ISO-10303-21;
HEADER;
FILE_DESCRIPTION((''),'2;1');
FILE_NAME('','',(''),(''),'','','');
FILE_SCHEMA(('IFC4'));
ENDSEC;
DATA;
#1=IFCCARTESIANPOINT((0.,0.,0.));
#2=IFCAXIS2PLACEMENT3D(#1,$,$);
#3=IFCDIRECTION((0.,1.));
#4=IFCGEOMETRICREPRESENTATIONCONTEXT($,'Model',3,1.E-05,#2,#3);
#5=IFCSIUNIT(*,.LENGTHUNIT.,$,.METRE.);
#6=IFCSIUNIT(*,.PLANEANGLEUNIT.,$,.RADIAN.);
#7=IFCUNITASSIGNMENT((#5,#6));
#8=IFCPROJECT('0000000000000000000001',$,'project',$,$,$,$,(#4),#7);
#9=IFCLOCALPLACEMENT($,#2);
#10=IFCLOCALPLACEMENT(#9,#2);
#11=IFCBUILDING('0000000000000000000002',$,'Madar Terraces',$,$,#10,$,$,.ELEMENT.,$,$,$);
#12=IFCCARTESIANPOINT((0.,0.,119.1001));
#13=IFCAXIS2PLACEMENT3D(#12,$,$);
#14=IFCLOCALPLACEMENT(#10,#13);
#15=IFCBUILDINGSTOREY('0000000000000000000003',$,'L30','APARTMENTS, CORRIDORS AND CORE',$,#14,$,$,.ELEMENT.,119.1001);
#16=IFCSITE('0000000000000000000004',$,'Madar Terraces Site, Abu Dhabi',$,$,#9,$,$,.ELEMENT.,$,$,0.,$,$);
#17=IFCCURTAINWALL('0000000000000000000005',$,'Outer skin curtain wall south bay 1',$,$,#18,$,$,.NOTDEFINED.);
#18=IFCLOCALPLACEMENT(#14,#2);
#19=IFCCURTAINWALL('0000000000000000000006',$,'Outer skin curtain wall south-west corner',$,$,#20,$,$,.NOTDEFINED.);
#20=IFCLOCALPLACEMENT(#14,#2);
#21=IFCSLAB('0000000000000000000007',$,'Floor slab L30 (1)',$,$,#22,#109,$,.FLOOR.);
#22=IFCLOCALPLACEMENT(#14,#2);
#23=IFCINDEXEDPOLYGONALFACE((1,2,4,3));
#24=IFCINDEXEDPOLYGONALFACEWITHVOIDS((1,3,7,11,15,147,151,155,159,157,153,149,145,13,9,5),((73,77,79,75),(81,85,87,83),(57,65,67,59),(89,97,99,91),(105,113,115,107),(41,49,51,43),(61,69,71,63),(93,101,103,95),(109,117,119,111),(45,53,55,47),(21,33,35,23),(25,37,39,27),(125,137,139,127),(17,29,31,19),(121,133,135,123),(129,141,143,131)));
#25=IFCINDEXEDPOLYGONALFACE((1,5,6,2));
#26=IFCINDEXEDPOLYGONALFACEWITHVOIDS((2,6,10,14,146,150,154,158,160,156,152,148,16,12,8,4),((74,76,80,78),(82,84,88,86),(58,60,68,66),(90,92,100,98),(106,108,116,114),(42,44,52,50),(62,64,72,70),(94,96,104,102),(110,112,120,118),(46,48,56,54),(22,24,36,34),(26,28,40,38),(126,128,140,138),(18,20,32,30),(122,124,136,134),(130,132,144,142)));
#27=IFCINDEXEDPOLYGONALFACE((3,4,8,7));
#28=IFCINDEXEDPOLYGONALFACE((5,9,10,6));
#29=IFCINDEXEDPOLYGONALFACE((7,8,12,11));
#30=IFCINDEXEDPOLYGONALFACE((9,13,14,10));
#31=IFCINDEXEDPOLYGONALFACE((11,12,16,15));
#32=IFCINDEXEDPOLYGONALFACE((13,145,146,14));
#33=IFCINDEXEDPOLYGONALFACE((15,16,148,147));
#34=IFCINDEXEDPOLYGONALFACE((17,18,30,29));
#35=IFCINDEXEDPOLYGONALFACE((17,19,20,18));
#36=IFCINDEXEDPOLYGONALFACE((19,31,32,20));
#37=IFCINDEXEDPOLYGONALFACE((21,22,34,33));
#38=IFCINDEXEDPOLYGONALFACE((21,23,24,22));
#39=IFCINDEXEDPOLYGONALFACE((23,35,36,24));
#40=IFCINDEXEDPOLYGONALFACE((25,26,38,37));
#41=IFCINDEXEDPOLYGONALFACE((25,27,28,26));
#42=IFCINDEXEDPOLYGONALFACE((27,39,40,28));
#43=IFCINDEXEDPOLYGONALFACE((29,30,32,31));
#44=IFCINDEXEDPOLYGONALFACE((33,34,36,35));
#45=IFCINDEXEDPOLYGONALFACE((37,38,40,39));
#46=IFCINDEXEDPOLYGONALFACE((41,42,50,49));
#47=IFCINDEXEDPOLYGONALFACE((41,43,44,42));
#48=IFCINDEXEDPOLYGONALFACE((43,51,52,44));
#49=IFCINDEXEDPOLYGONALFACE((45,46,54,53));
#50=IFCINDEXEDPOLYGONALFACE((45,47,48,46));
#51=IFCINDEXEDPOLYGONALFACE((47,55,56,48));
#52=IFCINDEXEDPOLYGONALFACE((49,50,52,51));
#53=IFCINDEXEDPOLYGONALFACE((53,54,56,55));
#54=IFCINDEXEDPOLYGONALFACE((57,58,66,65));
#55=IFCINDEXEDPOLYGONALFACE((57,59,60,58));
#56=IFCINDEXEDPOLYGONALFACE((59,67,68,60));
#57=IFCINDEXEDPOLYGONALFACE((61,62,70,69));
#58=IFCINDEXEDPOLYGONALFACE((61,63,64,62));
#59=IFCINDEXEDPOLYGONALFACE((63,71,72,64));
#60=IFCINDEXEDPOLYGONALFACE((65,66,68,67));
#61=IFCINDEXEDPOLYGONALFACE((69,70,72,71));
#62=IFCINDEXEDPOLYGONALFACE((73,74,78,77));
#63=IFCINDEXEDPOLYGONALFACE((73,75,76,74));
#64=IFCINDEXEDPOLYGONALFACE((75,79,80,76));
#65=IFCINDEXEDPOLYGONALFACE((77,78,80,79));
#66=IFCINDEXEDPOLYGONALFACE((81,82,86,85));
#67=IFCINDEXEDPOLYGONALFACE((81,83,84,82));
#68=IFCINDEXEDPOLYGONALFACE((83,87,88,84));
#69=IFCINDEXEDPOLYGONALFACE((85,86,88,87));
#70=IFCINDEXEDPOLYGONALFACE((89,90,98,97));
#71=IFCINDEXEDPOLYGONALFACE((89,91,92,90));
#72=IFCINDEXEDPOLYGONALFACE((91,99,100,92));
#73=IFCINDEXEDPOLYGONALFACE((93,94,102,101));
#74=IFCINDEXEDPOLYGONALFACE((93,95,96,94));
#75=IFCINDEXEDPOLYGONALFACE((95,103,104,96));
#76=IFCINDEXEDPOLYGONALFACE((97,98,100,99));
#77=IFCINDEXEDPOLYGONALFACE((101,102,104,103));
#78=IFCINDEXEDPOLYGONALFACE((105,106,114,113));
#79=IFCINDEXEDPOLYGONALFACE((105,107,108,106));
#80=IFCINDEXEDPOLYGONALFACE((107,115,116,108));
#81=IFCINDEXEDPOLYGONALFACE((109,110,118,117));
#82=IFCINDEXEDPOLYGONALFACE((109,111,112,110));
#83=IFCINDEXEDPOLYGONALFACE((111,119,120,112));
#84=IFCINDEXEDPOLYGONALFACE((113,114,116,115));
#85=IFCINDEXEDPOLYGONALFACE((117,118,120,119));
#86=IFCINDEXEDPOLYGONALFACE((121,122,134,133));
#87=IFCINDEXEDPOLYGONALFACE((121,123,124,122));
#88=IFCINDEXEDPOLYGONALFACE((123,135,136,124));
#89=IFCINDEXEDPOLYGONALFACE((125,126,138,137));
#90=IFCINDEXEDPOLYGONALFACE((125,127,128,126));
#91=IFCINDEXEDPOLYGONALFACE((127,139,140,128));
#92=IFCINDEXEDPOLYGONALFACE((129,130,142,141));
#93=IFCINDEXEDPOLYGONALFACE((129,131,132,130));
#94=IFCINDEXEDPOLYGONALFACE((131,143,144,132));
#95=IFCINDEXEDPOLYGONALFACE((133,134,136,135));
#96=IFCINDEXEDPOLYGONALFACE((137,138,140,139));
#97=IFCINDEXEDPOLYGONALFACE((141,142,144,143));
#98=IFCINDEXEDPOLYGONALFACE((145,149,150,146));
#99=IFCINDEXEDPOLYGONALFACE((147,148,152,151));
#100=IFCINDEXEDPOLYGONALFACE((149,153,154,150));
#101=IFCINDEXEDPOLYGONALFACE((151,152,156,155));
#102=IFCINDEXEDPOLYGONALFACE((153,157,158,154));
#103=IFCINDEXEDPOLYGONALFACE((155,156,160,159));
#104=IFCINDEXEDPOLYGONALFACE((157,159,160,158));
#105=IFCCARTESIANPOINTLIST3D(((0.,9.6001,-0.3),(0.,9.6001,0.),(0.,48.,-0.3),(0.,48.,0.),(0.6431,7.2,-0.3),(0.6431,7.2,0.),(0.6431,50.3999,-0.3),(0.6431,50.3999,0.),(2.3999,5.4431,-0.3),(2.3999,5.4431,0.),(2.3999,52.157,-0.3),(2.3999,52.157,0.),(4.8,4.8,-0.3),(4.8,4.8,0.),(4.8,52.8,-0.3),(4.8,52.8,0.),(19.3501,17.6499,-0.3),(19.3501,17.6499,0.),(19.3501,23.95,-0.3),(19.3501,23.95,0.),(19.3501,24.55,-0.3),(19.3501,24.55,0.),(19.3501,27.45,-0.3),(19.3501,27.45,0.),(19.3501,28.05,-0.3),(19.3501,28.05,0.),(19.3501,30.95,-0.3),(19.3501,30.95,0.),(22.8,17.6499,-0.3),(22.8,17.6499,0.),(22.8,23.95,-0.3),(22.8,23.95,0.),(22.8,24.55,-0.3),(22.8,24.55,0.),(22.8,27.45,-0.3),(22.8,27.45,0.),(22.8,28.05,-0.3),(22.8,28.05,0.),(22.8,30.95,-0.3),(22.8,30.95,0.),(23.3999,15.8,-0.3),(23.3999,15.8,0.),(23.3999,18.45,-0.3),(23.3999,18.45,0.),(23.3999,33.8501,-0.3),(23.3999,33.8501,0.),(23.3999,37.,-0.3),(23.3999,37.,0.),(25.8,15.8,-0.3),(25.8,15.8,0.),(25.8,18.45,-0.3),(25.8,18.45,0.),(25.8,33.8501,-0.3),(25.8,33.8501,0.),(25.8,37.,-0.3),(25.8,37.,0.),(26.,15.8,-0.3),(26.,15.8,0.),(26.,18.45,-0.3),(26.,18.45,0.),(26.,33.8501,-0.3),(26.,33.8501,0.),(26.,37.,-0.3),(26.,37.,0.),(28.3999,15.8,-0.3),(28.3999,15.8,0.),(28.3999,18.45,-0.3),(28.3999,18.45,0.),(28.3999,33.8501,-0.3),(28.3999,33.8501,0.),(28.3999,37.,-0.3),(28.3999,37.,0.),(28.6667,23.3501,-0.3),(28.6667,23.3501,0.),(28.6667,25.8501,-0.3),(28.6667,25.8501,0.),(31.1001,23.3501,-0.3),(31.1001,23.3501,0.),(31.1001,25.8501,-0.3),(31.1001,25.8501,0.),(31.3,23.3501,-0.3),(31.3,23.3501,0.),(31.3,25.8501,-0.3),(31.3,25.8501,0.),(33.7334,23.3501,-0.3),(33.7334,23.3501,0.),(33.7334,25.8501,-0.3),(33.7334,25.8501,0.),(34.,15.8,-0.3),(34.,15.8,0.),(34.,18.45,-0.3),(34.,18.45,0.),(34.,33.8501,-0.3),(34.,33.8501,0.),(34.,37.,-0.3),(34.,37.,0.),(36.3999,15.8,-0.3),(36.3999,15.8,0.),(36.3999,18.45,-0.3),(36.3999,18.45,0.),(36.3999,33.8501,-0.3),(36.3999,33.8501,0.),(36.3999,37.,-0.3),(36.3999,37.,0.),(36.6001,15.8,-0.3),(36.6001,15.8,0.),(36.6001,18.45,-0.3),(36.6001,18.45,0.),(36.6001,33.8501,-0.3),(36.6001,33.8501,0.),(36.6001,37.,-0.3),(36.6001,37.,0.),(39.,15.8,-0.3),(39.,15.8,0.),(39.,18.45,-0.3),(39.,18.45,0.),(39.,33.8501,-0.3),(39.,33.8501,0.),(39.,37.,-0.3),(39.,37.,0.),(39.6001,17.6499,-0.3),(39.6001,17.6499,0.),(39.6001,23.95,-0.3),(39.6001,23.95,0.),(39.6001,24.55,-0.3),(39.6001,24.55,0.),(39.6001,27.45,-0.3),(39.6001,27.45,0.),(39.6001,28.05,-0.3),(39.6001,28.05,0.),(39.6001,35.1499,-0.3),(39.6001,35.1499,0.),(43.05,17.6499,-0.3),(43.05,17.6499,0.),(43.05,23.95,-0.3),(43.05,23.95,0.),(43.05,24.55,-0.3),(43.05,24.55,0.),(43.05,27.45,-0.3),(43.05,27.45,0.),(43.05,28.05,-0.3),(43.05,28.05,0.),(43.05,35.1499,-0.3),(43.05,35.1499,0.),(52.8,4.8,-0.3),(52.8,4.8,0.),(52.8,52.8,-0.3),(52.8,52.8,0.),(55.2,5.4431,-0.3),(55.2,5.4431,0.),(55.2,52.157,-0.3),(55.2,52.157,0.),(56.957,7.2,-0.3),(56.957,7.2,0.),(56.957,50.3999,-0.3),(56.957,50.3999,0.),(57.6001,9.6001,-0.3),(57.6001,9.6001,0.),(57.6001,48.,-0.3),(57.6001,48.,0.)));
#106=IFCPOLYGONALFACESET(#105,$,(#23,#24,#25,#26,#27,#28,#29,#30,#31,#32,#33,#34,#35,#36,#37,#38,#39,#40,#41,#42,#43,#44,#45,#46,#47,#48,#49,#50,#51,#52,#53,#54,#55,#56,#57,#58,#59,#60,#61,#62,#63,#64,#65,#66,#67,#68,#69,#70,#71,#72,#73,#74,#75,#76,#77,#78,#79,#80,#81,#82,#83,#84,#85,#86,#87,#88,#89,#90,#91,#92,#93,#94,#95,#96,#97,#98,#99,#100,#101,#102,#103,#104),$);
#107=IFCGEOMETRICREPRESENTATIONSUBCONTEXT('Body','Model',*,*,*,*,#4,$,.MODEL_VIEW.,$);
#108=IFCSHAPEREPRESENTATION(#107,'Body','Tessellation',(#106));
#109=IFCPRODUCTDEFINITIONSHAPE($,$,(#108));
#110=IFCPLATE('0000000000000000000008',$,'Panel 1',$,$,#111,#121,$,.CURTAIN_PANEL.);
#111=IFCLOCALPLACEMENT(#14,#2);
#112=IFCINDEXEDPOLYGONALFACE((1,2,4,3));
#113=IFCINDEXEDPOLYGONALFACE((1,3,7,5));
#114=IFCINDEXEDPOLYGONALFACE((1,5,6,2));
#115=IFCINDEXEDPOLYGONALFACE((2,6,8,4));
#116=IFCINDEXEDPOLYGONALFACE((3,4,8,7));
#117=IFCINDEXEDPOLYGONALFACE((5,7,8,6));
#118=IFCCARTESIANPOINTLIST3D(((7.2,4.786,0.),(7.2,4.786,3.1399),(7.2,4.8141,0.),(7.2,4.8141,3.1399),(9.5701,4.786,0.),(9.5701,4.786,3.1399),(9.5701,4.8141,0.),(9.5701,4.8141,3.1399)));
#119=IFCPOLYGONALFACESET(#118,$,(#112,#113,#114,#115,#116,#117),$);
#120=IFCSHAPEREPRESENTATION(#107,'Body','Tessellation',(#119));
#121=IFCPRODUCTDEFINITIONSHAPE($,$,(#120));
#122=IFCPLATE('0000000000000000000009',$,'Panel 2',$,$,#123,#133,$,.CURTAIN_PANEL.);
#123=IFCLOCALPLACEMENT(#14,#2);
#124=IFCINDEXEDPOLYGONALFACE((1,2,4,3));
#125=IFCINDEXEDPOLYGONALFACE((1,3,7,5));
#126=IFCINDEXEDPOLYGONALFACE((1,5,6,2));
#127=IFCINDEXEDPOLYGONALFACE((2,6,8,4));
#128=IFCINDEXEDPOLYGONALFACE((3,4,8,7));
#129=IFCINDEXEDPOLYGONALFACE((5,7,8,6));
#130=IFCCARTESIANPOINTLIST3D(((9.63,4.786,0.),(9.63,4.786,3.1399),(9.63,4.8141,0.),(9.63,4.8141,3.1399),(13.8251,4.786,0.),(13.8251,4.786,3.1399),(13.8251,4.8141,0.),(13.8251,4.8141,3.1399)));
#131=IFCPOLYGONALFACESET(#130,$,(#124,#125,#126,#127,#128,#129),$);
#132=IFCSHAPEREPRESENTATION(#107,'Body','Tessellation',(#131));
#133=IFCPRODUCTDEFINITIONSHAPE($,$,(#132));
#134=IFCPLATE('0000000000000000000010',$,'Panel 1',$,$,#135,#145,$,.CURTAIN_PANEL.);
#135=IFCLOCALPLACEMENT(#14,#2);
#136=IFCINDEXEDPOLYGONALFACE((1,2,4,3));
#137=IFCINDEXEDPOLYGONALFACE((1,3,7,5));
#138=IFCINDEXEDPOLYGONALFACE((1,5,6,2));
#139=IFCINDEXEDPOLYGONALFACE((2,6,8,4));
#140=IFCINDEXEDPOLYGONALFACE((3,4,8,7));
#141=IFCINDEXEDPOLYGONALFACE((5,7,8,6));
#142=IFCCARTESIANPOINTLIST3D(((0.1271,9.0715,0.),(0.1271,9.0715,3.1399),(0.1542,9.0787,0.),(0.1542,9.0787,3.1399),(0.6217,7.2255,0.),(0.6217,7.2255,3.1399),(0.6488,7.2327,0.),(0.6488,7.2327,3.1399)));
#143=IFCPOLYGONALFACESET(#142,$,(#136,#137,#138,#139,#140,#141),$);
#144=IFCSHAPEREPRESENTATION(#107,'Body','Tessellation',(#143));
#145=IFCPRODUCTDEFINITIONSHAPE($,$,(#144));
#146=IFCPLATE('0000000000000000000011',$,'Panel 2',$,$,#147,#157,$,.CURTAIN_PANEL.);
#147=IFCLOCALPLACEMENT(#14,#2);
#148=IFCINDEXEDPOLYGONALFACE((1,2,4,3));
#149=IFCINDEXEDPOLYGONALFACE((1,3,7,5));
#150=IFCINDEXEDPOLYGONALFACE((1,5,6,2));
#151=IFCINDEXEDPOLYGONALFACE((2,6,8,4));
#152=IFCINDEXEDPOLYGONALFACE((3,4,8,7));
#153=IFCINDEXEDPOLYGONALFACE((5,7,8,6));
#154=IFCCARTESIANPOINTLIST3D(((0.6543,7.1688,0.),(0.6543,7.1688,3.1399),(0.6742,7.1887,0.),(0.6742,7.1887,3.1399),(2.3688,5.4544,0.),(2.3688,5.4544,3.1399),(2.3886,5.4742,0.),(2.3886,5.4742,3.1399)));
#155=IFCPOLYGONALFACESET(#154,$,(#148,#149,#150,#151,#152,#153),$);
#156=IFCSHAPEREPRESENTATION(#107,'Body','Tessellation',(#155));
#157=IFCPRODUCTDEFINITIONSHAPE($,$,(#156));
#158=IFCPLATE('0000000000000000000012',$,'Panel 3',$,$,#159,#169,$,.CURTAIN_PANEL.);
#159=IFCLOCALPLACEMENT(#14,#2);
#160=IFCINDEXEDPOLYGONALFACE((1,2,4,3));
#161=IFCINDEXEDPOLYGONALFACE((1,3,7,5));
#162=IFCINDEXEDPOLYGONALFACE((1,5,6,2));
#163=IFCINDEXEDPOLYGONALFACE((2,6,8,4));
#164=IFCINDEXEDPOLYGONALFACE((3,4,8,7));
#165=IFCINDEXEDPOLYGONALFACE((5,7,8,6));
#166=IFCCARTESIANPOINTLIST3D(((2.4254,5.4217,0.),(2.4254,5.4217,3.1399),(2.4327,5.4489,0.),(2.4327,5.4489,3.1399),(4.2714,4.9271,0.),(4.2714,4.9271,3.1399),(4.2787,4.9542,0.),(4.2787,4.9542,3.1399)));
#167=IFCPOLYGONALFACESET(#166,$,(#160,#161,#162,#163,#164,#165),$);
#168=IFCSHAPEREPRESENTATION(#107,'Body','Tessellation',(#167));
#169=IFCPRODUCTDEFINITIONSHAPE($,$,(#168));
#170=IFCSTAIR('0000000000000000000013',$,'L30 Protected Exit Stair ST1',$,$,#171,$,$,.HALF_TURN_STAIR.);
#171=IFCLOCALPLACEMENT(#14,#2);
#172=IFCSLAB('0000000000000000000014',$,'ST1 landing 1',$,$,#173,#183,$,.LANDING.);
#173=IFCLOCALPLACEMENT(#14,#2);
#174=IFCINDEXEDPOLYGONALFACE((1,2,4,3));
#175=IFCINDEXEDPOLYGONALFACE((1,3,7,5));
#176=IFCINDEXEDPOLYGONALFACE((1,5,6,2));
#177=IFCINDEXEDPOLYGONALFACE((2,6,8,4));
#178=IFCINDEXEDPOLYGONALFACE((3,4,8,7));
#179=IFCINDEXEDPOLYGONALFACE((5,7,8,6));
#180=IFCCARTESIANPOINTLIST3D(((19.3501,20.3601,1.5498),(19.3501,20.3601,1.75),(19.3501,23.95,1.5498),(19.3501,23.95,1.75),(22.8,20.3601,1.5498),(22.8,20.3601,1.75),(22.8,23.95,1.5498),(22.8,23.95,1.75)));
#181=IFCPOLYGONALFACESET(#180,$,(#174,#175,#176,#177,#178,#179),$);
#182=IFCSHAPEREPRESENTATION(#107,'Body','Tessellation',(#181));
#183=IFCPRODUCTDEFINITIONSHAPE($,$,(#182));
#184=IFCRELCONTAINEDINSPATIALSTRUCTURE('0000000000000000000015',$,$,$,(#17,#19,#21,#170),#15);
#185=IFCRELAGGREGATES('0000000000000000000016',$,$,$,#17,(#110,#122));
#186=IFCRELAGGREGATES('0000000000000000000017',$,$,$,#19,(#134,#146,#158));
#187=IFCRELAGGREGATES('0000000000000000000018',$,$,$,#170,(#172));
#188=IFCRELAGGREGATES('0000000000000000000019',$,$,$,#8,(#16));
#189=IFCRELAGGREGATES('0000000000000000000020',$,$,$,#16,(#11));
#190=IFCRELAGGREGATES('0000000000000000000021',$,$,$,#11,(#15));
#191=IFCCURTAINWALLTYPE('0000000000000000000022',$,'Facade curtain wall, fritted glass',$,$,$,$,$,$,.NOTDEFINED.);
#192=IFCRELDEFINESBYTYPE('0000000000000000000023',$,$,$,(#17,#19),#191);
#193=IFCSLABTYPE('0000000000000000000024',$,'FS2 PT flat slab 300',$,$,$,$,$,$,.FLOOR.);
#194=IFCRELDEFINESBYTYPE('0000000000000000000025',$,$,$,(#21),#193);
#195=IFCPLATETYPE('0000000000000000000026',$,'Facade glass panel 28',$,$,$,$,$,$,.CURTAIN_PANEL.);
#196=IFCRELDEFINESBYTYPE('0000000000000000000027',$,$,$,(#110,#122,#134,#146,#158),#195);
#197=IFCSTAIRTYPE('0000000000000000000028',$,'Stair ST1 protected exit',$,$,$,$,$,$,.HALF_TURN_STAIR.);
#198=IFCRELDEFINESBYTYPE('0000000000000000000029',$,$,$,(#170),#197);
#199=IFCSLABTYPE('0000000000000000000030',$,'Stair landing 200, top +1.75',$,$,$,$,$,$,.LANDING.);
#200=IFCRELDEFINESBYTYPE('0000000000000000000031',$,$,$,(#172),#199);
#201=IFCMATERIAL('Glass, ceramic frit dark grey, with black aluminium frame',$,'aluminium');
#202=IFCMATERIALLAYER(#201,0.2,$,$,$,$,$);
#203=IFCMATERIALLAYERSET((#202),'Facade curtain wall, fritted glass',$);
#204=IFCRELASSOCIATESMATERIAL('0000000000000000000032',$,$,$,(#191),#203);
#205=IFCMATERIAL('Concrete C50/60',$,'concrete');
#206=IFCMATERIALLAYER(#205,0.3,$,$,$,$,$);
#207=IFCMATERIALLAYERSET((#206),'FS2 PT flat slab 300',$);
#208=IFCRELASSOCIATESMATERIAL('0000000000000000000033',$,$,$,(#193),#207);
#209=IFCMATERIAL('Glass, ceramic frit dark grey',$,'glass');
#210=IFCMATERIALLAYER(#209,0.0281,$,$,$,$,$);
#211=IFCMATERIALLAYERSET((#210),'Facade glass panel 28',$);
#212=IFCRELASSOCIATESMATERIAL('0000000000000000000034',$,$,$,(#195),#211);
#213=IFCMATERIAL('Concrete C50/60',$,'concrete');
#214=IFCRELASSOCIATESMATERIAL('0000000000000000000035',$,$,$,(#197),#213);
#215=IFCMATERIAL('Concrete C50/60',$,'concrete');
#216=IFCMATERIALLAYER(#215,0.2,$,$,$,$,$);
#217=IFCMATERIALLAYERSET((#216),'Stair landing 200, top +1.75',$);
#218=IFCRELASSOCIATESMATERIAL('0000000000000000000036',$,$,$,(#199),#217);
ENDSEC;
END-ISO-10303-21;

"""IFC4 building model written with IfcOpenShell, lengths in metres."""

from ifc_helpers import new_model, si_unit, direction, frame, origin, origin_2d, place, context, subcontext, project, spatial, polyline, rectangle, outline, extrude, material, layer, layer_set, type_object, element, aggregate, save


model = new_model("IFC4")

# Units and contexts
model_context = context("Model", 3, precision=1e-05, world=origin(), true_north=direction((0.0, 1.0)))
body_context = subcontext(model_context, "Body", "Model", "MODEL_VIEW")
ifc_project = project(units=[si_unit("LENGTHUNIT", "METRE"), si_unit("PLANEANGLEUNIT", "RADIAN")], contexts=[model_context])

# Site, building, storey
site_placement = place(None, origin())
site = spatial("IfcSite", under=ifc_project, at=site_placement, Name="Madar Terraces Site, Abu Dhabi", CompositionType="ELEMENT", RefElevation=0.0)
building_placement = place(site_placement, origin())
building = spatial("IfcBuilding", under=site, at=building_placement, Name="Madar Terraces", CompositionType="ELEMENT")
storey_placement = place(building_placement, frame((0.0, 0.0, 119.1001)))
storey = spatial("IfcBuildingStorey", under=building, at=storey_placement, Name="L30", Description="APARTMENTS, CORRIDORS AND CORE", CompositionType="ELEMENT", Elevation=119.1001)

# Curtain wall
ifc_material_1 = material(Name="Glass, ceramic frit dark grey, with black aluminium frame", Category="aluminium")
ifc_layer_1 = layer(ifc_material_1, 0.2)
ifc_layer_set_1 = layer_set([ifc_layer_1], Name="Facade curtain wall, fritted glass")
curtain_wall_type = type_object("IfcCurtainWallType", Name="Facade curtain wall, fritted glass", PredefinedType="NOTDEFINED", material=ifc_layer_set_1)
curtain_wall_1_placement = place(storey_placement, origin())
curtain_wall_1 = element("IfcCurtainWall", 1, at=curtain_wall_1_placement, inside=storey, type_object=curtain_wall_type, Name="Outer skin curtain wall south bay 1", PredefinedType="NOTDEFINED")

# Curtain wall
curtain_wall_2_placement = place(storey_placement, origin())
curtain_wall_2 = element("IfcCurtainWall", 2, at=curtain_wall_2_placement, inside=storey, type_object=curtain_wall_type, Name="Outer skin curtain wall south-west corner", PredefinedType="NOTDEFINED")

# Slab
ifc_material_2 = material(Name="Concrete C50/60", Category="concrete")
ifc_layer_2 = layer(ifc_material_2, 0.3)
ifc_layer_set_2 = layer_set([ifc_layer_2], Name="FS2 PT flat slab 300")
slab_type_1 = type_object("IfcSlabType", Name="FS2 PT flat slab 300", PredefinedType="FLOOR", material=ifc_layer_set_2)
slab_1_placement = place(storey_placement, frame((0.0, 0.0, -0.3)))
element("IfcSlab", 3, at=slab_1_placement, inside=storey, type_object=slab_type_1, Name="Floor slab L30 (1)", PredefinedType="FLOOR", context=body_context, shape_type="SweptSolid", body=[
    extrude(outline(polyline([(52.8, 4.8), (55.2, 5.4431), (56.957, 7.2), (57.6001, 9.6001), (57.6001, 48.0), (56.957, 50.3999), (55.2, 52.157), (52.8, 52.8), (4.8, 52.8), (2.3999, 52.157), (0.6431, 50.3999), (0.0, 48.0), (0.0, 9.6001), (0.6431, 7.2), (2.3999, 5.4431), (4.8, 4.8), (52.8, 4.8)]), holes=[polyline([(23.3999, 15.8), (23.3999, 18.45), (25.8, 18.45), (25.8, 15.8), (23.3999, 15.8)]), polyline([(26.0, 15.8), (26.0, 18.45), (28.3999, 18.45), (28.3999, 15.8), (26.0, 15.8)]), polyline([(19.3501, 17.6499), (19.3501, 23.95), (22.8, 23.95), (22.8, 17.6499), (19.3501, 17.6499)]), polyline([(28.6667, 23.3501), (28.6667, 25.8501), (31.1001, 25.8501), (31.1001, 23.3501), (28.6667, 23.3501)]), polyline([(19.3501, 24.55), (19.3501, 27.45), (22.8, 27.45), (22.8, 24.55), (19.3501, 24.55)]), polyline([(19.3501, 28.05), (19.3501, 30.95), (22.8, 30.95), (22.8, 28.05), (19.3501, 28.05)]), polyline([(23.3999, 33.8501), (23.3999, 37.0), (25.8, 37.0), (25.8, 33.8501), (23.3999, 33.8501)]), polyline([(26.0, 33.8501), (26.0, 37.0), (28.3999, 37.0), (28.3999, 33.8501), (26.0, 33.8501)]), polyline([(34.0, 15.8), (34.0, 18.45), (36.3999, 18.45), (36.3999, 15.8), (34.0, 15.8)]), polyline([(36.6001, 15.8), (36.6001, 18.45), (39.0, 18.45), (39.0, 15.8), (36.6001, 15.8)]), polyline([(39.6001, 17.6499), (39.6001, 23.95), (43.05, 23.95), (43.05, 17.6499), (39.6001, 17.6499)]), polyline([(31.3, 23.3501), (31.3, 25.8501), (33.7334, 25.8501), (33.7334, 23.3501), (31.3, 23.3501)]), polyline([(39.6001, 24.55), (39.6001, 27.45), (43.05, 27.45), (43.05, 24.55), (39.6001, 24.55)]), polyline([(39.6001, 28.05), (39.6001, 35.1499), (43.05, 35.1499), (43.05, 28.05), (39.6001, 28.05)]), polyline([(34.0, 33.8501), (34.0, 37.0), (36.3999, 37.0), (36.3999, 33.8501), (34.0, 33.8501)]), polyline([(36.6001, 33.8501), (36.6001, 37.0), (39.0, 37.0), (39.0, 33.8501), (36.6001, 33.8501)])]), origin(), (0.0, 0.0, 1.0), 0.3),
])

# Plates
ifc_material_3 = material(Name="Glass, ceramic frit dark grey", Category="glass")
ifc_layer_3 = layer(ifc_material_3, 0.0281)
ifc_layer_set_3 = layer_set([ifc_layer_3], Name="Facade glass panel 28")
plate_type = type_object("IfcPlateType", Name="Facade glass panel 28", PredefinedType="CURTAIN_PANEL", material=ifc_layer_set_3)
plate_1_placement = place(storey_placement, frame((8.385, 4.8, 0.0), z_axis=(0.0, 0.0, 1.0), x_axis=(1.0, 0.0, 0.0)))
plate_1 = element("IfcPlate", 4, at=plate_1_placement, type_object=plate_type, Name="Panel 1", PredefinedType="CURTAIN_PANEL", context=body_context, shape_type="SweptSolid", body=[
    extrude(rectangle(XDim=2.3701, YDim=0.0281, at=origin_2d()), origin(), (0.0, 0.0, 1.0), 3.1399),
])
plate_2_placement = place(storey_placement, frame((11.7275, 4.8, 0.0), z_axis=(0.0, 0.0, 1.0), x_axis=(1.0, 0.0, 0.0)))
plate_2 = element("IfcPlate", 5, at=plate_2_placement, type_object=plate_type, Name="Panel 2", PredefinedType="CURTAIN_PANEL", context=body_context, shape_type="SweptSolid", body=[
    extrude(rectangle(XDim=4.1951, YDim=0.0281, at=origin_2d()), origin(), (0.0, 0.0, 1.0), 3.1399),
])
aggregate(curtain_wall_1, [plate_1, plate_2])
plate_3_placement = place(storey_placement, frame((0.3879, 8.1521, 0.0), z_axis=(0.0, 0.0, 1.0), x_axis=(0.258819, -0.965926, 0.0)))
plate_3 = element("IfcPlate", 6, at=plate_3_placement, type_object=plate_type, Name="Panel 1", PredefinedType="CURTAIN_PANEL", context=body_context, shape_type="SweptSolid", body=[
    extrude(rectangle(XDim=1.9111, YDim=0.0281, at=origin_2d()), origin(), (0.0, 0.0, 1.0), 3.1399),
])
plate_4_placement = place(storey_placement, frame((1.5215, 6.3215, 0.0), z_axis=(0.0, 0.0, 1.0), x_axis=(0.707107, -0.707107, 0.0)))
plate_4 = element("IfcPlate", 7, at=plate_4_placement, type_object=plate_type, Name="Panel 2", PredefinedType="CURTAIN_PANEL", context=body_context, shape_type="SweptSolid", body=[
    extrude(rectangle(XDim=2.4246, YDim=0.0281, at=origin_2d()), origin(), (0.0, 0.0, 1.0), 3.1399),
])
plate_5_placement = place(storey_placement, frame((3.3521, 5.188, 0.0), z_axis=(0.0, 0.0, 1.0), x_axis=(0.965926, -0.258819, 0.0)))
plate_5 = element("IfcPlate", 8, at=plate_5_placement, type_object=plate_type, Name="Panel 3", PredefinedType="CURTAIN_PANEL", context=body_context, shape_type="SweptSolid", body=[
    extrude(rectangle(XDim=1.9111, YDim=0.0281, at=origin_2d()), origin(), (0.0, 0.0, 1.0), 3.1399),
])
aggregate(curtain_wall_2, [plate_3, plate_4, plate_5])

# Stair, slab
ifc_material_4 = material(Name="Concrete C50/60", Category="concrete")
stair_type_1 = type_object("IfcStairType", Name="Stair ST1 protected exit", PredefinedType="HALF_TURN_STAIR", material=ifc_material_4)
stair_1_placement = place(storey_placement, origin())
stair_1 = element("IfcStair", 9, at=stair_1_placement, inside=storey, type_object=stair_type_1, Name="L30 Protected Exit Stair ST1", PredefinedType="HALF_TURN_STAIR")
ifc_material_5 = material(Name="Concrete C50/60", Category="concrete")
ifc_layer_4 = layer(ifc_material_5, 0.2)
ifc_layer_set_4 = layer_set([ifc_layer_4], Name="Stair landing 200, top +1.75")
slab_type_2 = type_object("IfcSlabType", Name="Stair landing 200, top +1.75", PredefinedType="LANDING", material=ifc_layer_set_4)
slab_2_placement = place(storey_placement, frame((0.0, 0.0, 1.5498)))
slab_2 = element("IfcSlab", 10, at=slab_2_placement, type_object=slab_type_2, Name="ST1 landing 1", PredefinedType="LANDING", context=body_context, shape_type="SweptSolid", body=[
    extrude(outline(polyline([(19.3501, 20.3601), (22.8, 20.3601), (22.8, 23.95), (19.3501, 23.95), (19.3501, 20.3601)])), origin(), (0.0, 0.0, 1.0), 0.2002),
])
aggregate(stair_1, [slab_2])

save(model, "model.ifc")
